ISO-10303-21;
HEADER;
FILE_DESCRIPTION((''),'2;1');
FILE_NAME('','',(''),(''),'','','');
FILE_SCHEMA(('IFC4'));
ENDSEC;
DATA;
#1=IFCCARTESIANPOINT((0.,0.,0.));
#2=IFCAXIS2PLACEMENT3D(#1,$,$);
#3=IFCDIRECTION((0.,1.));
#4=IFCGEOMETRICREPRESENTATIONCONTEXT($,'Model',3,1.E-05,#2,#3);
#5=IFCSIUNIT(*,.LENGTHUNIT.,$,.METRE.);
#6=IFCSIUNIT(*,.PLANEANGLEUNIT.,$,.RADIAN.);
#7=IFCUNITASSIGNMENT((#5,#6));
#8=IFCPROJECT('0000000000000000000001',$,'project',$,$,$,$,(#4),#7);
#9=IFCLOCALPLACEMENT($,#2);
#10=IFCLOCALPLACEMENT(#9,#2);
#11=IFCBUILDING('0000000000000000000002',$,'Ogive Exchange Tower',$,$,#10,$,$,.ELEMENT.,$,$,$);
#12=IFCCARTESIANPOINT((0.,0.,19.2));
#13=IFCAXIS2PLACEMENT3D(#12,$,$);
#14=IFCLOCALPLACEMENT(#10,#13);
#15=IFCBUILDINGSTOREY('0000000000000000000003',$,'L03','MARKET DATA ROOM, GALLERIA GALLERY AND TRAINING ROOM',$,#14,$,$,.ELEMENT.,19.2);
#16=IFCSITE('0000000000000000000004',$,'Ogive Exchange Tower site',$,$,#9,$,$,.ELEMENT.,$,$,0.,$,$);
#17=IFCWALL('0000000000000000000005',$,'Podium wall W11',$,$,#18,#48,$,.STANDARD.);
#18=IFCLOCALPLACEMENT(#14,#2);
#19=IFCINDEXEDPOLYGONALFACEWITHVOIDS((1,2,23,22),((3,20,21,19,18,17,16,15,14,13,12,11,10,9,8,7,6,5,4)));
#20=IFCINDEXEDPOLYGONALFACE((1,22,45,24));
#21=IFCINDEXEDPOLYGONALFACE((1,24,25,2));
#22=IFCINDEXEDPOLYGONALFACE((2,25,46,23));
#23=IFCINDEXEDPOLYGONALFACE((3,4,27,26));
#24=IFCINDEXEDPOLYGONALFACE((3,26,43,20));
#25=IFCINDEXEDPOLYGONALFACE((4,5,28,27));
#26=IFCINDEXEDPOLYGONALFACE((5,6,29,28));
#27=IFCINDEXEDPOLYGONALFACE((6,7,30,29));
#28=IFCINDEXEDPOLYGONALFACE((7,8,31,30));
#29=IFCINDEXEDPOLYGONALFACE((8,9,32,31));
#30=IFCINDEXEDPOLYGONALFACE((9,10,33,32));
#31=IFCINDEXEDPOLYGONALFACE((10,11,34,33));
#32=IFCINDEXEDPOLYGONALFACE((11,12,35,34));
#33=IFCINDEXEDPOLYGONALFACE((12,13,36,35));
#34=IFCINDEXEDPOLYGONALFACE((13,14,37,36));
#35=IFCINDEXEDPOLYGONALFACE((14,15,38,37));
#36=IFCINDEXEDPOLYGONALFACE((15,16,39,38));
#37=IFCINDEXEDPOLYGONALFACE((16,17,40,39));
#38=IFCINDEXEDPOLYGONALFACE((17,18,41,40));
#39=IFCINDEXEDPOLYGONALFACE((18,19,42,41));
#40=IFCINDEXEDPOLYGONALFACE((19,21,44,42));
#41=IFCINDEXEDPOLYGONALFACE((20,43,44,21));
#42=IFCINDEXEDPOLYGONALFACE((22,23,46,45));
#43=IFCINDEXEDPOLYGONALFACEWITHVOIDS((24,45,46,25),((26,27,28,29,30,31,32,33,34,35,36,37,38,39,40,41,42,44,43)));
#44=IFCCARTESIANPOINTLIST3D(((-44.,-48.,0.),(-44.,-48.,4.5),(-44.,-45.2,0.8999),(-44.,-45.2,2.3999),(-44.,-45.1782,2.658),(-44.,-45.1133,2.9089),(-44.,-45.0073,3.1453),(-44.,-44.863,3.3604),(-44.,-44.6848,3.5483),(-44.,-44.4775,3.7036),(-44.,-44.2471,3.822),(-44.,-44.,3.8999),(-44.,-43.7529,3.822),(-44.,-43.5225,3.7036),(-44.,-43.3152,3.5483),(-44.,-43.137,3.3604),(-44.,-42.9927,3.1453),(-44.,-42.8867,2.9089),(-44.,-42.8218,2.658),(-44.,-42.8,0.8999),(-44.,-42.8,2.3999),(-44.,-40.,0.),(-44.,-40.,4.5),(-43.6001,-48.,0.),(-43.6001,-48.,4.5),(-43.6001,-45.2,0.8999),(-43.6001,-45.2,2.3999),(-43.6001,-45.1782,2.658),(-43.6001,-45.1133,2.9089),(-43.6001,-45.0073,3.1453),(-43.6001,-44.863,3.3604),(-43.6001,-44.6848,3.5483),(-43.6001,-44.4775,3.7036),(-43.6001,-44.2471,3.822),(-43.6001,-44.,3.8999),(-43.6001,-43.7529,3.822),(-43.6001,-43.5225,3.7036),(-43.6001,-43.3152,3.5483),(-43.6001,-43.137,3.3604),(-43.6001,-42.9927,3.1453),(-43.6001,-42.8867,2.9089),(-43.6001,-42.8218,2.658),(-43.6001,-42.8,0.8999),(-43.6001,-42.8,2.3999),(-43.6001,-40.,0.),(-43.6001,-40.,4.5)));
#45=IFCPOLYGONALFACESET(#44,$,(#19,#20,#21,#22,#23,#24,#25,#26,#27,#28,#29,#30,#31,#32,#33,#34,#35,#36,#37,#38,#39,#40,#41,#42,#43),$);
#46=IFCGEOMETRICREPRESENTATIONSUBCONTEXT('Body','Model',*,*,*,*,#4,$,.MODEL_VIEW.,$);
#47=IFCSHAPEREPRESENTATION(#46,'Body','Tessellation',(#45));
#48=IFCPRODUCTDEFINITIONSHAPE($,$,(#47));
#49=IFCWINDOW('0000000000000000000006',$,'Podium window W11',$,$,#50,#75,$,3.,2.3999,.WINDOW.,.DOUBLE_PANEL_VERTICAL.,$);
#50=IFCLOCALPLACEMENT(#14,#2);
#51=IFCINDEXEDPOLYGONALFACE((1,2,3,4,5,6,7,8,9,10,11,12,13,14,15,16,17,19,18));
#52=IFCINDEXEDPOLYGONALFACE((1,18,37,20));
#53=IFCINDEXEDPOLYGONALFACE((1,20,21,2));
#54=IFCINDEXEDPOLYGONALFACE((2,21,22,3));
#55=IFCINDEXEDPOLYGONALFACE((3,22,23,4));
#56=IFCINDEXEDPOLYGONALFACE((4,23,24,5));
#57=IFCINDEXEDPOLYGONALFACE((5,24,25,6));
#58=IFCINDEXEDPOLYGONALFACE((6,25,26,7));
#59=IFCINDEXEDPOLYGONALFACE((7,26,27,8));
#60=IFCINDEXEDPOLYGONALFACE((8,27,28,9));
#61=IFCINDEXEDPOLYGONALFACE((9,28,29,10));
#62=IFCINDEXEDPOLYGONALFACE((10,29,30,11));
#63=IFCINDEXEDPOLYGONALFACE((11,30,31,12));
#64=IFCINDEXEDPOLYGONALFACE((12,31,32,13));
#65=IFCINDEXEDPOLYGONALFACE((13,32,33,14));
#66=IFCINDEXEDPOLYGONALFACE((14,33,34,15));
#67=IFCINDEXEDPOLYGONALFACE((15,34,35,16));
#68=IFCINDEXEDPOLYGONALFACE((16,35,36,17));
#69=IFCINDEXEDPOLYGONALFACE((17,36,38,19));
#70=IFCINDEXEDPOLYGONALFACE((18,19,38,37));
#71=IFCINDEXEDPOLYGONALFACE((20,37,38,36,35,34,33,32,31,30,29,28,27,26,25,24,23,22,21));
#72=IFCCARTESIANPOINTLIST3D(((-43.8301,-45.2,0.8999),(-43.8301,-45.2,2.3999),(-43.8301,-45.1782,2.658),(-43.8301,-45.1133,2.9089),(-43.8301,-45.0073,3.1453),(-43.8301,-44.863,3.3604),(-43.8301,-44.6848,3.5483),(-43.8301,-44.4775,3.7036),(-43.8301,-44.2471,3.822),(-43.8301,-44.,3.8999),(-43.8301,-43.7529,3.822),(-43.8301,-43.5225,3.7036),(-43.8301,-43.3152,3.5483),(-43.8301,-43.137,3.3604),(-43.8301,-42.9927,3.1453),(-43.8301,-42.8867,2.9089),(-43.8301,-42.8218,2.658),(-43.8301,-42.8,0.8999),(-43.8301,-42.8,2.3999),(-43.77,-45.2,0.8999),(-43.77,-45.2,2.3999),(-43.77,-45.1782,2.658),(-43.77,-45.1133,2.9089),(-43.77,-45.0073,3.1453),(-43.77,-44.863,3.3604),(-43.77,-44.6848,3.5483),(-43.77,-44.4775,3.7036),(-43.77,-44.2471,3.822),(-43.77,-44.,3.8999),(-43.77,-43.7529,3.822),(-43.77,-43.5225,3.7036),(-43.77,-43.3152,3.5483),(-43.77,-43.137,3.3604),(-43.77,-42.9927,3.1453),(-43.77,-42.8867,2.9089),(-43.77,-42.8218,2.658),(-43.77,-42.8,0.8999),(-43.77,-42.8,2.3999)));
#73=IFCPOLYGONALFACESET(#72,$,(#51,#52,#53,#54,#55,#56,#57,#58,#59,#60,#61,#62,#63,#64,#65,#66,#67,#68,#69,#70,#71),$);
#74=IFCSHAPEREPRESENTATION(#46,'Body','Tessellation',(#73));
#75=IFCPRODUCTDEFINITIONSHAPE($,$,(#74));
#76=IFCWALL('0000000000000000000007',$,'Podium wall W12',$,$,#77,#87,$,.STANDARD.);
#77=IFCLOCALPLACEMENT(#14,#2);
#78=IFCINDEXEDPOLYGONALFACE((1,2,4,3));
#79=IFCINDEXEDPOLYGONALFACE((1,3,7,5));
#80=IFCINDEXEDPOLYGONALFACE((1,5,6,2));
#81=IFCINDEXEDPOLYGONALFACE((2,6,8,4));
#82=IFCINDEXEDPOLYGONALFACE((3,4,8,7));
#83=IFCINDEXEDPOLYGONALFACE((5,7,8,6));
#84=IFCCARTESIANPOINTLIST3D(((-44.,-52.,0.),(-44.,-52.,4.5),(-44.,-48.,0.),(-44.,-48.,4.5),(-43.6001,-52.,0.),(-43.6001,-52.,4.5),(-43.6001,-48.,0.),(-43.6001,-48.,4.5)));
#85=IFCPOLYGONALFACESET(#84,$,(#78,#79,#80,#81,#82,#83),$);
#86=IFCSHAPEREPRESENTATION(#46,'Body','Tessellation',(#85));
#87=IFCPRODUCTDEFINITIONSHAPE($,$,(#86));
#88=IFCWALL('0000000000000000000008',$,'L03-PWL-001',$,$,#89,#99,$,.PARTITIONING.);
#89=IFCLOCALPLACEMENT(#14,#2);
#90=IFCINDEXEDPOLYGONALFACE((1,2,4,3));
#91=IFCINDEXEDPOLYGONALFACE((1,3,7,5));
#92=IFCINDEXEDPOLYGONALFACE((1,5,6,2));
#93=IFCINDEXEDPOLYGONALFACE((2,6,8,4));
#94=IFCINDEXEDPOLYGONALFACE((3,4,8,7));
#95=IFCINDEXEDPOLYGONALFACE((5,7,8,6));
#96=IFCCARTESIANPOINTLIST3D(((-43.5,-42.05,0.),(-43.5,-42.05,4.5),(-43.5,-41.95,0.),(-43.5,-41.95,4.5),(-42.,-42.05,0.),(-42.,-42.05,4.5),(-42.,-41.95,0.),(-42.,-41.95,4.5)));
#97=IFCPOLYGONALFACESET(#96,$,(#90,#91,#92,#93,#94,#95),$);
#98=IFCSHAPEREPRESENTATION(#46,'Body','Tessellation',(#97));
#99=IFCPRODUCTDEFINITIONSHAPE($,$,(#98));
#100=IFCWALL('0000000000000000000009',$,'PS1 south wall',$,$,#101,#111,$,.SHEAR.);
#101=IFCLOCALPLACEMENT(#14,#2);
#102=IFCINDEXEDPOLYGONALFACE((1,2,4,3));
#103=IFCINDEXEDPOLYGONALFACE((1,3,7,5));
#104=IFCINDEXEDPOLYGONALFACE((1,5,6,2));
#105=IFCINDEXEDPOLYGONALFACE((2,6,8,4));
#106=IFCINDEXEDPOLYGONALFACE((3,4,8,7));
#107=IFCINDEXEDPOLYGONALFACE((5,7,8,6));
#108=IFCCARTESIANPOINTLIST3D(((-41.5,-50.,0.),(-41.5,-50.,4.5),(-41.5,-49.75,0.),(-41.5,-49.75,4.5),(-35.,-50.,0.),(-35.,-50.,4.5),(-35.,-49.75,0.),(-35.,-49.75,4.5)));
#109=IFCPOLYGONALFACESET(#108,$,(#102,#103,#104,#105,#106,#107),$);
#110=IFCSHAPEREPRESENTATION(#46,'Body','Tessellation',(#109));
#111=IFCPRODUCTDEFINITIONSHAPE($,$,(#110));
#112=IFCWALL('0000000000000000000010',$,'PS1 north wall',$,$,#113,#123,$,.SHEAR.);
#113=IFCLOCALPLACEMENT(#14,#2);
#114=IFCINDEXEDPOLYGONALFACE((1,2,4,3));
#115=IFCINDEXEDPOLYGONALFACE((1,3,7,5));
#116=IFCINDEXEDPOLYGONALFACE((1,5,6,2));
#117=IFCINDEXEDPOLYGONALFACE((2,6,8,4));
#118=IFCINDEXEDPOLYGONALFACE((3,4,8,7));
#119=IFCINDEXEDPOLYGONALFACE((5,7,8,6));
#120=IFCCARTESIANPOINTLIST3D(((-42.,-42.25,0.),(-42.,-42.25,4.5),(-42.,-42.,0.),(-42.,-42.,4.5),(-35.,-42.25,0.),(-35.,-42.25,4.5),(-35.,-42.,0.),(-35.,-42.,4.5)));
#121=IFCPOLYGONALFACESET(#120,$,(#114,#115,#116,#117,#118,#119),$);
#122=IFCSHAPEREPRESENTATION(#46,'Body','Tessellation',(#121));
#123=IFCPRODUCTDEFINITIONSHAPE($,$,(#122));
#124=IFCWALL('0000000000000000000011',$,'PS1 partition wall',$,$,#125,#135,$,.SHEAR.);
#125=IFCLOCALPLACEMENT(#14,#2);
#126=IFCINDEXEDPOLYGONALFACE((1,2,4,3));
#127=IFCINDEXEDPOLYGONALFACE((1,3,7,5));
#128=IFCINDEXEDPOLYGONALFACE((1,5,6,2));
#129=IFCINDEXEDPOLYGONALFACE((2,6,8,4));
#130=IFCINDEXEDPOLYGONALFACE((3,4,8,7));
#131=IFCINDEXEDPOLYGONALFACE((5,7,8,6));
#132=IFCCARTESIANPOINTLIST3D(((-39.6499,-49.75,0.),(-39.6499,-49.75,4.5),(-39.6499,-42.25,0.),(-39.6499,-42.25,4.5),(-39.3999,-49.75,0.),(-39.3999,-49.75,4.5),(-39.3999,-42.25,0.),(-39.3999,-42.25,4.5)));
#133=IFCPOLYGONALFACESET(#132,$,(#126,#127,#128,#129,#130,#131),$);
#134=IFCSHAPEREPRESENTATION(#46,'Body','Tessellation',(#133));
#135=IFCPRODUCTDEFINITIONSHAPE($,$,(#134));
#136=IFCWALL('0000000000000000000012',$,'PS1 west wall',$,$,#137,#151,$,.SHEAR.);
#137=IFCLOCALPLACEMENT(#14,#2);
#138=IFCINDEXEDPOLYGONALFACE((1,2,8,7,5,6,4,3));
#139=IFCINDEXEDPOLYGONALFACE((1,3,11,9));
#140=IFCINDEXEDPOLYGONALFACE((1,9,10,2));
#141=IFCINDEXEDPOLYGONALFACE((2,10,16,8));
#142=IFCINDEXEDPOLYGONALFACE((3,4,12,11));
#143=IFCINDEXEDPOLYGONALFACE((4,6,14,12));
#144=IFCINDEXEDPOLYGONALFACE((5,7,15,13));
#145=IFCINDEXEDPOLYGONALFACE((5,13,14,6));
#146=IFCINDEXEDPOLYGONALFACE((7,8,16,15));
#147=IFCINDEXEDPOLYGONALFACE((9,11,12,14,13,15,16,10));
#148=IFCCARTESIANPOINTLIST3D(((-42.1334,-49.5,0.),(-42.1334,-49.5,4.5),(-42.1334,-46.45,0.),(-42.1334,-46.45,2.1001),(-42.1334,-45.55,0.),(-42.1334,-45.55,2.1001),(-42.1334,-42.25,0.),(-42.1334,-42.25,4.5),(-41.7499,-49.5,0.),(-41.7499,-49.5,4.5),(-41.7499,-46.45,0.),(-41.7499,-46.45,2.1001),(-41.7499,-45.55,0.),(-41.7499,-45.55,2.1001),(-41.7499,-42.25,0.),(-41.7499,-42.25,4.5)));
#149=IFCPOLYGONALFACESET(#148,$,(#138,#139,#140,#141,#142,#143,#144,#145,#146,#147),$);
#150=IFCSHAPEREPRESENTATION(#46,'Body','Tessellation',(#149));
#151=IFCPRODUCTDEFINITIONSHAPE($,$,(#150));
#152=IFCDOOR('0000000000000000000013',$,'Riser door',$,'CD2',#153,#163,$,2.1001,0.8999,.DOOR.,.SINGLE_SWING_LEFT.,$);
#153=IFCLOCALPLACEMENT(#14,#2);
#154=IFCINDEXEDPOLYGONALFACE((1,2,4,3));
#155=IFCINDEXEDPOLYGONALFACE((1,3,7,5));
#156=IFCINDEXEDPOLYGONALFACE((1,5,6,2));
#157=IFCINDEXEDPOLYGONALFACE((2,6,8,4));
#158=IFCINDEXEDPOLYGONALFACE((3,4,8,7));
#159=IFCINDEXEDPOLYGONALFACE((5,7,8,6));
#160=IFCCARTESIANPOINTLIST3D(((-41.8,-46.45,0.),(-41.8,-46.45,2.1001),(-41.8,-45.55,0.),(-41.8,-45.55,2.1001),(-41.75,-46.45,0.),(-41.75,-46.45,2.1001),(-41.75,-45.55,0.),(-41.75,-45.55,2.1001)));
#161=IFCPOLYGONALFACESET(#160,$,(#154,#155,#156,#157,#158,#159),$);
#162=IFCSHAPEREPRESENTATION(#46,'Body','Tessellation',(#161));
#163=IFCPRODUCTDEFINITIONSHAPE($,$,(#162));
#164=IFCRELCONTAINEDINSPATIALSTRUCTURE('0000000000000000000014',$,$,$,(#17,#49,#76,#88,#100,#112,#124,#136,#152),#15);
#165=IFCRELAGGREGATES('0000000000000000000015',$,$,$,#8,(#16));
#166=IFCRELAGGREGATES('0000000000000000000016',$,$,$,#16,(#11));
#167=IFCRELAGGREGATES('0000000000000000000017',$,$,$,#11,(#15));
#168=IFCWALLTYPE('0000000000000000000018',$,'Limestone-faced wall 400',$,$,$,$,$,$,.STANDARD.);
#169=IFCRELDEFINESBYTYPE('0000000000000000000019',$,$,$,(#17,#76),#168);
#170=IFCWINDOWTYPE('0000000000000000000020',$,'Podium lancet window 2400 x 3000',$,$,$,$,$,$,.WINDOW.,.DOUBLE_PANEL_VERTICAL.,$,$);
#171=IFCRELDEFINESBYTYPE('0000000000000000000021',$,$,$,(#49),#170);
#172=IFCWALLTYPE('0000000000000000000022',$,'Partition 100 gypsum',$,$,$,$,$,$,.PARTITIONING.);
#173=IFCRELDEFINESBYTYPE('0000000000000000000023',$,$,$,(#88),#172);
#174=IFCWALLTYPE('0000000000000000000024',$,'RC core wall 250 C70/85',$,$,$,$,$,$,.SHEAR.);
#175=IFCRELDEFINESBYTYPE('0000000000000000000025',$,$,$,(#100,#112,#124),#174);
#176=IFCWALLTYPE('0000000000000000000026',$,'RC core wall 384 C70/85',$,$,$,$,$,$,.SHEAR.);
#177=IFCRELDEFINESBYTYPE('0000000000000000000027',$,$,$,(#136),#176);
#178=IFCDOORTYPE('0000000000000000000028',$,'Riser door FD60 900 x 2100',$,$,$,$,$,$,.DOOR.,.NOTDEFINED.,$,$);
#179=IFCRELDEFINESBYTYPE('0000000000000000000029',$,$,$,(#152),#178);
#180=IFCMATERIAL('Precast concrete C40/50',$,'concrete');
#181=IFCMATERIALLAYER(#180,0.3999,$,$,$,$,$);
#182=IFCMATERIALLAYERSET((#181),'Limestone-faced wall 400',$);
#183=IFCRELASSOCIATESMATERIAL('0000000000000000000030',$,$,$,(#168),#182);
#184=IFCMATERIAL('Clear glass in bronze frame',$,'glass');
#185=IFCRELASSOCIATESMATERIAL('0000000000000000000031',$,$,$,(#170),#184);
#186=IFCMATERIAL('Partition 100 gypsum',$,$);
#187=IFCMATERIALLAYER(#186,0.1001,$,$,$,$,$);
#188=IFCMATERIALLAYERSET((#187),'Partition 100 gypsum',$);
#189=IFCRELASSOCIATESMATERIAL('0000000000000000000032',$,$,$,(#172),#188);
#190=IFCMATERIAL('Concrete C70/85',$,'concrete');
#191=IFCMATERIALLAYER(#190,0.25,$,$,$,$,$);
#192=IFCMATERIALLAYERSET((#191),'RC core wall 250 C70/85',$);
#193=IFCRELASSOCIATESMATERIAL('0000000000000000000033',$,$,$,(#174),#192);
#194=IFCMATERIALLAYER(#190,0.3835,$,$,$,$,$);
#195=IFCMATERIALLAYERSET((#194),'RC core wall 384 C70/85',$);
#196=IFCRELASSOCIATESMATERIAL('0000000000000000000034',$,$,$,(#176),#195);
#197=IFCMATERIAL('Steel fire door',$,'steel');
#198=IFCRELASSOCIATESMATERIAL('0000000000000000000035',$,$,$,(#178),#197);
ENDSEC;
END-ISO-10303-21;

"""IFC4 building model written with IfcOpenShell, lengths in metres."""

from ifc_helpers import new_model, si_unit, direction, frame, frame_2d, origin, place, context, subcontext, project, spatial, polyline, rectangle, outline, extrude, material, layer, layer_set, type_object, element, fill, save


model = new_model("IFC4")

# Units and contexts
model_context = context("Model", 3, precision=1e-05, world=origin(), true_north=direction((0.0, 1.0)))
body_context = subcontext(model_context, "Body", "Model", "MODEL_VIEW")
ifc_project = project(units=[si_unit("LENGTHUNIT", "METRE"), si_unit("PLANEANGLEUNIT", "RADIAN")], contexts=[model_context])

# Site, building, storey
site_placement = place(None, origin())
site = spatial("IfcSite", under=ifc_project, at=site_placement, Name="Ogive Exchange Tower site", CompositionType="ELEMENT", RefElevation=0.0)
building_placement = place(site_placement, origin())
building = spatial("IfcBuilding", under=site, at=building_placement, Name="Ogive Exchange Tower", CompositionType="ELEMENT")
storey_placement = place(building_placement, frame((0.0, 0.0, 19.2)))
storey = spatial("IfcBuildingStorey", under=building, at=storey_placement, Name="L03", Description="MARKET DATA ROOM, GALLERIA GALLERY AND TRAINING ROOM", CompositionType="ELEMENT", Elevation=19.2)

# Shared definitions
ifc_material_1 = material(Name="Concrete C70/85", Category="concrete")

# Shared definitions
ifc_material_2 = material(Name="Precast concrete C40/50", Category="concrete")
ifc_layer_1 = layer(ifc_material_2, 0.3999)
ifc_layer_set_1 = layer_set([ifc_layer_1], Name="Limestone-faced wall 400")
wall_type_1 = type_object("IfcWallType", Name="Limestone-faced wall 400", PredefinedType="STANDARD", material=ifc_layer_set_1)

# Shared definitions
ifc_material_3 = material(Name="Clear glass in bronze frame", Category="glass")

# Wall, opening, window
wall_1_placement = place(storey_placement, frame((-43.8, -40.0, 0.0), z_axis=(0.0, 0.0, 1.0), x_axis=(0.0, -1.0, 0.0)))
wall_1 = element("IfcWall", 1, at=wall_1_placement, inside=storey, type_object=wall_type_1, Name="Podium wall W11", PredefinedType="STANDARD", context=body_context, shape_type="SweptSolid", body=[
    extrude(rectangle(XDim=8.0, YDim=0.3999, at=frame_2d((4.0, 0.0))), origin(), (0.0, 0.0, 1.0), 4.5),
])
opening_1_placement = place(wall_1_placement, frame((2.8, 0.0, 0.8999)))
opening_1 = element("IfcOpeningElement", 2, at=opening_1_placement, cuts=wall_1, PredefinedType="OPENING", context=body_context, shape_type="SweptSolid", body=[
    extrude(outline(polyline([(0.0, 0.0), (2.3999, 0.0), (2.3999, 1.5), (2.3782, 1.7581), (2.3132, 2.009), (2.2073, 2.2454), (2.063, 2.4604), (1.8848, 2.6484), (1.6775, 2.8037), (1.447, 2.9221), (1.2, 3.0), (0.9529, 2.9221), (0.7224, 2.8037), (0.5151, 2.6484), (0.3369, 2.4604), (0.1926, 2.2454), (0.0867, 2.009), (0.0217, 1.7581), (0.0, 1.5), (0.0, 0.0)])), frame((0.0, 0.21, 0.0), z_axis=(0.0, -1.0, 0.0), x_axis=(1.0, 0.0, 0.0)), (0.0, 0.0, 1.0), 0.4199),
])
window_type_1 = type_object("IfcWindowType", Name="Podium lancet window 2400 x 3000", PartitioningType="DOUBLE_PANEL_VERTICAL", PredefinedType="WINDOW", material=ifc_material_3)
window_1_placement = place(opening_1_placement, origin())
window_1 = element("IfcWindow", 3, at=window_1_placement, inside=storey, type_object=window_type_1, Name="Podium window W11", OverallHeight=3.0, OverallWidth=2.3999, PartitioningType="DOUBLE_PANEL_VERTICAL", PredefinedType="WINDOW", context=body_context, shape_type="SweptSolid", body=[
    extrude(outline(polyline([(0.0, 0.0), (2.3999, 0.0), (2.3999, 1.5), (2.3782, 1.7581), (2.3132, 2.009), (2.2073, 2.2454), (2.063, 2.4604), (1.8848, 2.6484), (1.6775, 2.8037), (1.447, 2.9221), (1.2, 3.0), (0.9529, 2.9221), (0.7224, 2.8037), (0.5151, 2.6484), (0.3369, 2.4604), (0.1926, 2.2454), (0.0867, 2.009), (0.0217, 1.7581), (0.0, 1.5), (0.0, 0.0)])), frame((0.0, 0.03, 0.0), z_axis=(0.0, -1.0, 0.0), x_axis=(1.0, 0.0, 0.0)), (0.0, 0.0, 1.0), 0.0601),
])
fill(opening_1, window_1)

# Walls
wall_2_placement = place(storey_placement, frame((-43.8, -48.0, 0.0), z_axis=(0.0, 0.0, 1.0), x_axis=(0.0, -1.0, 0.0)))
element("IfcWall", 4, at=wall_2_placement, inside=storey, type_object=wall_type_1, Name="Podium wall W12", PredefinedType="STANDARD", context=body_context, shape_type="SweptSolid", body=[
    extrude(rectangle(XDim=4.0, YDim=0.3999, at=frame_2d((2.0, 0.0))), origin(), (0.0, 0.0, 1.0), 4.5),
])
ifc_material_4 = material(Name="Partition 100 gypsum")
ifc_layer_2 = layer(ifc_material_4, 0.1001)
ifc_layer_set_2 = layer_set([ifc_layer_2], Name="Partition 100 gypsum")
wall_type_2 = type_object("IfcWallType", Name="Partition 100 gypsum", PredefinedType="PARTITIONING", material=ifc_layer_set_2)
wall_3_placement = place(storey_placement, frame((-43.5, -42.0, 0.0), z_axis=(0.0, 0.0, 1.0), x_axis=(1.0, 0.0, 0.0)))
element("IfcWall", 5, at=wall_3_placement, inside=storey, type_object=wall_type_2, Name="L03-PWL-001", PredefinedType="PARTITIONING", context=body_context, shape_type="SweptSolid", body=[
    extrude(rectangle(XDim=1.5, YDim=0.1001, at=frame_2d((0.75, 0.0))), origin(), (0.0, 0.0, 1.0), 4.5),
])
ifc_layer_3 = layer(ifc_material_1, 0.25)
ifc_layer_set_3 = layer_set([ifc_layer_3], Name="RC core wall 250 C70/85")
wall_type_3 = type_object("IfcWallType", Name="RC core wall 250 C70/85", PredefinedType="SHEAR", material=ifc_layer_set_3)
wall_4_placement = place(storey_placement, frame((-41.5, -49.875, 0.0), z_axis=(0.0, 0.0, 1.0), x_axis=(1.0, 0.0, 0.0)))
element("IfcWall", 6, at=wall_4_placement, inside=storey, type_object=wall_type_3, Name="PS1 south wall", PredefinedType="SHEAR", context=body_context, shape_type="SweptSolid", body=[
    extrude(rectangle(XDim=6.5, YDim=0.25, at=frame_2d((3.25, 0.0))), origin(), (0.0, 0.0, 1.0), 4.5),
])
wall_5_placement = place(storey_placement, frame((-42.0, -42.125, 0.0), z_axis=(0.0, 0.0, 1.0), x_axis=(1.0, 0.0, 0.0)))
element("IfcWall", 7, at=wall_5_placement, inside=storey, type_object=wall_type_3, Name="PS1 north wall", PredefinedType="SHEAR", context=body_context, shape_type="SweptSolid", body=[
    extrude(rectangle(XDim=7.0, YDim=0.25, at=frame_2d((3.5, 0.0))), origin(), (0.0, 0.0, 1.0), 4.5),
])
wall_6_placement = place(storey_placement, frame((-39.5249, -49.75, 0.0), z_axis=(0.0, 0.0, 1.0), x_axis=(0.0, 1.0, 0.0)))
element("IfcWall", 8, at=wall_6_placement, inside=storey, type_object=wall_type_3, Name="PS1 partition wall", PredefinedType="SHEAR", context=body_context, shape_type="SweptSolid", body=[
    extrude(rectangle(XDim=7.5, YDim=0.25, at=frame_2d((3.75, 0.0))), origin(), (0.0, 0.0, 1.0), 4.5),
])

# Wall, opening, door
ifc_layer_4 = layer(ifc_material_1, 0.3835)
ifc_layer_set_4 = layer_set([ifc_layer_4], Name="RC core wall 384 C70/85")
wall_type_4 = type_object("IfcWallType", Name="RC core wall 384 C70/85", PredefinedType="SHEAR", material=ifc_layer_set_4)
wall_7_placement = place(storey_placement, frame((-41.9417, -49.5, 0.0), z_axis=(0.0, 0.0, 1.0), x_axis=(0.0, 1.0, 0.0)))
wall_7 = element("IfcWall", 9, at=wall_7_placement, inside=storey, type_object=wall_type_4, Name="PS1 west wall", PredefinedType="SHEAR", context=body_context, shape_type="SweptSolid", body=[
    extrude(rectangle(XDim=7.25, YDim=0.3835, at=frame_2d((3.625, 0.0))), origin(), (0.0, 0.0, 1.0), 4.5),
])
opening_2_placement = place(wall_7_placement, frame((3.05, 0.0, 0.0)))
opening_2 = element("IfcOpeningElement", 10, at=opening_2_placement, cuts=wall_7, PredefinedType="OPENING", context=body_context, shape_type="SweptSolid", body=[
    extrude(rectangle(XDim=0.8999, YDim=2.1001, at=frame_2d((0.45, 1.05))), frame((0.0, 0.2017, 0.0), z_axis=(0.0, -1.0, 0.0), x_axis=(1.0, 0.0, 0.0)), (0.0, 0.0, 1.0), 0.4036),
])
ifc_material_5 = material(Name="Steel fire door", Category="steel")
door_type = type_object("IfcDoorType", Name="Riser door FD60 900 x 2100", OperationType="NOTDEFINED", PredefinedType="DOOR", material=ifc_material_5)
door_placement = place(opening_2_placement, origin())
door = element("IfcDoor", 11, at=door_placement, inside=storey, type_object=door_type, Name="Riser door", ObjectType="CD2", OperationType="SINGLE_SWING_LEFT", OverallHeight=2.1001, OverallWidth=0.8999, PredefinedType="DOOR", context=body_context, shape_type="SweptSolid", body=[
    extrude(rectangle(XDim=0.8999, YDim=2.1001, at=frame_2d((0.45, 1.05))), frame((0.0, -0.1416, 0.0), z_axis=(0.0, -1.0, 0.0), x_axis=(1.0, 0.0, 0.0)), (0.0, 0.0, 1.0), 0.05),
])
fill(opening_2, door)

save(model, "model.ifc")
